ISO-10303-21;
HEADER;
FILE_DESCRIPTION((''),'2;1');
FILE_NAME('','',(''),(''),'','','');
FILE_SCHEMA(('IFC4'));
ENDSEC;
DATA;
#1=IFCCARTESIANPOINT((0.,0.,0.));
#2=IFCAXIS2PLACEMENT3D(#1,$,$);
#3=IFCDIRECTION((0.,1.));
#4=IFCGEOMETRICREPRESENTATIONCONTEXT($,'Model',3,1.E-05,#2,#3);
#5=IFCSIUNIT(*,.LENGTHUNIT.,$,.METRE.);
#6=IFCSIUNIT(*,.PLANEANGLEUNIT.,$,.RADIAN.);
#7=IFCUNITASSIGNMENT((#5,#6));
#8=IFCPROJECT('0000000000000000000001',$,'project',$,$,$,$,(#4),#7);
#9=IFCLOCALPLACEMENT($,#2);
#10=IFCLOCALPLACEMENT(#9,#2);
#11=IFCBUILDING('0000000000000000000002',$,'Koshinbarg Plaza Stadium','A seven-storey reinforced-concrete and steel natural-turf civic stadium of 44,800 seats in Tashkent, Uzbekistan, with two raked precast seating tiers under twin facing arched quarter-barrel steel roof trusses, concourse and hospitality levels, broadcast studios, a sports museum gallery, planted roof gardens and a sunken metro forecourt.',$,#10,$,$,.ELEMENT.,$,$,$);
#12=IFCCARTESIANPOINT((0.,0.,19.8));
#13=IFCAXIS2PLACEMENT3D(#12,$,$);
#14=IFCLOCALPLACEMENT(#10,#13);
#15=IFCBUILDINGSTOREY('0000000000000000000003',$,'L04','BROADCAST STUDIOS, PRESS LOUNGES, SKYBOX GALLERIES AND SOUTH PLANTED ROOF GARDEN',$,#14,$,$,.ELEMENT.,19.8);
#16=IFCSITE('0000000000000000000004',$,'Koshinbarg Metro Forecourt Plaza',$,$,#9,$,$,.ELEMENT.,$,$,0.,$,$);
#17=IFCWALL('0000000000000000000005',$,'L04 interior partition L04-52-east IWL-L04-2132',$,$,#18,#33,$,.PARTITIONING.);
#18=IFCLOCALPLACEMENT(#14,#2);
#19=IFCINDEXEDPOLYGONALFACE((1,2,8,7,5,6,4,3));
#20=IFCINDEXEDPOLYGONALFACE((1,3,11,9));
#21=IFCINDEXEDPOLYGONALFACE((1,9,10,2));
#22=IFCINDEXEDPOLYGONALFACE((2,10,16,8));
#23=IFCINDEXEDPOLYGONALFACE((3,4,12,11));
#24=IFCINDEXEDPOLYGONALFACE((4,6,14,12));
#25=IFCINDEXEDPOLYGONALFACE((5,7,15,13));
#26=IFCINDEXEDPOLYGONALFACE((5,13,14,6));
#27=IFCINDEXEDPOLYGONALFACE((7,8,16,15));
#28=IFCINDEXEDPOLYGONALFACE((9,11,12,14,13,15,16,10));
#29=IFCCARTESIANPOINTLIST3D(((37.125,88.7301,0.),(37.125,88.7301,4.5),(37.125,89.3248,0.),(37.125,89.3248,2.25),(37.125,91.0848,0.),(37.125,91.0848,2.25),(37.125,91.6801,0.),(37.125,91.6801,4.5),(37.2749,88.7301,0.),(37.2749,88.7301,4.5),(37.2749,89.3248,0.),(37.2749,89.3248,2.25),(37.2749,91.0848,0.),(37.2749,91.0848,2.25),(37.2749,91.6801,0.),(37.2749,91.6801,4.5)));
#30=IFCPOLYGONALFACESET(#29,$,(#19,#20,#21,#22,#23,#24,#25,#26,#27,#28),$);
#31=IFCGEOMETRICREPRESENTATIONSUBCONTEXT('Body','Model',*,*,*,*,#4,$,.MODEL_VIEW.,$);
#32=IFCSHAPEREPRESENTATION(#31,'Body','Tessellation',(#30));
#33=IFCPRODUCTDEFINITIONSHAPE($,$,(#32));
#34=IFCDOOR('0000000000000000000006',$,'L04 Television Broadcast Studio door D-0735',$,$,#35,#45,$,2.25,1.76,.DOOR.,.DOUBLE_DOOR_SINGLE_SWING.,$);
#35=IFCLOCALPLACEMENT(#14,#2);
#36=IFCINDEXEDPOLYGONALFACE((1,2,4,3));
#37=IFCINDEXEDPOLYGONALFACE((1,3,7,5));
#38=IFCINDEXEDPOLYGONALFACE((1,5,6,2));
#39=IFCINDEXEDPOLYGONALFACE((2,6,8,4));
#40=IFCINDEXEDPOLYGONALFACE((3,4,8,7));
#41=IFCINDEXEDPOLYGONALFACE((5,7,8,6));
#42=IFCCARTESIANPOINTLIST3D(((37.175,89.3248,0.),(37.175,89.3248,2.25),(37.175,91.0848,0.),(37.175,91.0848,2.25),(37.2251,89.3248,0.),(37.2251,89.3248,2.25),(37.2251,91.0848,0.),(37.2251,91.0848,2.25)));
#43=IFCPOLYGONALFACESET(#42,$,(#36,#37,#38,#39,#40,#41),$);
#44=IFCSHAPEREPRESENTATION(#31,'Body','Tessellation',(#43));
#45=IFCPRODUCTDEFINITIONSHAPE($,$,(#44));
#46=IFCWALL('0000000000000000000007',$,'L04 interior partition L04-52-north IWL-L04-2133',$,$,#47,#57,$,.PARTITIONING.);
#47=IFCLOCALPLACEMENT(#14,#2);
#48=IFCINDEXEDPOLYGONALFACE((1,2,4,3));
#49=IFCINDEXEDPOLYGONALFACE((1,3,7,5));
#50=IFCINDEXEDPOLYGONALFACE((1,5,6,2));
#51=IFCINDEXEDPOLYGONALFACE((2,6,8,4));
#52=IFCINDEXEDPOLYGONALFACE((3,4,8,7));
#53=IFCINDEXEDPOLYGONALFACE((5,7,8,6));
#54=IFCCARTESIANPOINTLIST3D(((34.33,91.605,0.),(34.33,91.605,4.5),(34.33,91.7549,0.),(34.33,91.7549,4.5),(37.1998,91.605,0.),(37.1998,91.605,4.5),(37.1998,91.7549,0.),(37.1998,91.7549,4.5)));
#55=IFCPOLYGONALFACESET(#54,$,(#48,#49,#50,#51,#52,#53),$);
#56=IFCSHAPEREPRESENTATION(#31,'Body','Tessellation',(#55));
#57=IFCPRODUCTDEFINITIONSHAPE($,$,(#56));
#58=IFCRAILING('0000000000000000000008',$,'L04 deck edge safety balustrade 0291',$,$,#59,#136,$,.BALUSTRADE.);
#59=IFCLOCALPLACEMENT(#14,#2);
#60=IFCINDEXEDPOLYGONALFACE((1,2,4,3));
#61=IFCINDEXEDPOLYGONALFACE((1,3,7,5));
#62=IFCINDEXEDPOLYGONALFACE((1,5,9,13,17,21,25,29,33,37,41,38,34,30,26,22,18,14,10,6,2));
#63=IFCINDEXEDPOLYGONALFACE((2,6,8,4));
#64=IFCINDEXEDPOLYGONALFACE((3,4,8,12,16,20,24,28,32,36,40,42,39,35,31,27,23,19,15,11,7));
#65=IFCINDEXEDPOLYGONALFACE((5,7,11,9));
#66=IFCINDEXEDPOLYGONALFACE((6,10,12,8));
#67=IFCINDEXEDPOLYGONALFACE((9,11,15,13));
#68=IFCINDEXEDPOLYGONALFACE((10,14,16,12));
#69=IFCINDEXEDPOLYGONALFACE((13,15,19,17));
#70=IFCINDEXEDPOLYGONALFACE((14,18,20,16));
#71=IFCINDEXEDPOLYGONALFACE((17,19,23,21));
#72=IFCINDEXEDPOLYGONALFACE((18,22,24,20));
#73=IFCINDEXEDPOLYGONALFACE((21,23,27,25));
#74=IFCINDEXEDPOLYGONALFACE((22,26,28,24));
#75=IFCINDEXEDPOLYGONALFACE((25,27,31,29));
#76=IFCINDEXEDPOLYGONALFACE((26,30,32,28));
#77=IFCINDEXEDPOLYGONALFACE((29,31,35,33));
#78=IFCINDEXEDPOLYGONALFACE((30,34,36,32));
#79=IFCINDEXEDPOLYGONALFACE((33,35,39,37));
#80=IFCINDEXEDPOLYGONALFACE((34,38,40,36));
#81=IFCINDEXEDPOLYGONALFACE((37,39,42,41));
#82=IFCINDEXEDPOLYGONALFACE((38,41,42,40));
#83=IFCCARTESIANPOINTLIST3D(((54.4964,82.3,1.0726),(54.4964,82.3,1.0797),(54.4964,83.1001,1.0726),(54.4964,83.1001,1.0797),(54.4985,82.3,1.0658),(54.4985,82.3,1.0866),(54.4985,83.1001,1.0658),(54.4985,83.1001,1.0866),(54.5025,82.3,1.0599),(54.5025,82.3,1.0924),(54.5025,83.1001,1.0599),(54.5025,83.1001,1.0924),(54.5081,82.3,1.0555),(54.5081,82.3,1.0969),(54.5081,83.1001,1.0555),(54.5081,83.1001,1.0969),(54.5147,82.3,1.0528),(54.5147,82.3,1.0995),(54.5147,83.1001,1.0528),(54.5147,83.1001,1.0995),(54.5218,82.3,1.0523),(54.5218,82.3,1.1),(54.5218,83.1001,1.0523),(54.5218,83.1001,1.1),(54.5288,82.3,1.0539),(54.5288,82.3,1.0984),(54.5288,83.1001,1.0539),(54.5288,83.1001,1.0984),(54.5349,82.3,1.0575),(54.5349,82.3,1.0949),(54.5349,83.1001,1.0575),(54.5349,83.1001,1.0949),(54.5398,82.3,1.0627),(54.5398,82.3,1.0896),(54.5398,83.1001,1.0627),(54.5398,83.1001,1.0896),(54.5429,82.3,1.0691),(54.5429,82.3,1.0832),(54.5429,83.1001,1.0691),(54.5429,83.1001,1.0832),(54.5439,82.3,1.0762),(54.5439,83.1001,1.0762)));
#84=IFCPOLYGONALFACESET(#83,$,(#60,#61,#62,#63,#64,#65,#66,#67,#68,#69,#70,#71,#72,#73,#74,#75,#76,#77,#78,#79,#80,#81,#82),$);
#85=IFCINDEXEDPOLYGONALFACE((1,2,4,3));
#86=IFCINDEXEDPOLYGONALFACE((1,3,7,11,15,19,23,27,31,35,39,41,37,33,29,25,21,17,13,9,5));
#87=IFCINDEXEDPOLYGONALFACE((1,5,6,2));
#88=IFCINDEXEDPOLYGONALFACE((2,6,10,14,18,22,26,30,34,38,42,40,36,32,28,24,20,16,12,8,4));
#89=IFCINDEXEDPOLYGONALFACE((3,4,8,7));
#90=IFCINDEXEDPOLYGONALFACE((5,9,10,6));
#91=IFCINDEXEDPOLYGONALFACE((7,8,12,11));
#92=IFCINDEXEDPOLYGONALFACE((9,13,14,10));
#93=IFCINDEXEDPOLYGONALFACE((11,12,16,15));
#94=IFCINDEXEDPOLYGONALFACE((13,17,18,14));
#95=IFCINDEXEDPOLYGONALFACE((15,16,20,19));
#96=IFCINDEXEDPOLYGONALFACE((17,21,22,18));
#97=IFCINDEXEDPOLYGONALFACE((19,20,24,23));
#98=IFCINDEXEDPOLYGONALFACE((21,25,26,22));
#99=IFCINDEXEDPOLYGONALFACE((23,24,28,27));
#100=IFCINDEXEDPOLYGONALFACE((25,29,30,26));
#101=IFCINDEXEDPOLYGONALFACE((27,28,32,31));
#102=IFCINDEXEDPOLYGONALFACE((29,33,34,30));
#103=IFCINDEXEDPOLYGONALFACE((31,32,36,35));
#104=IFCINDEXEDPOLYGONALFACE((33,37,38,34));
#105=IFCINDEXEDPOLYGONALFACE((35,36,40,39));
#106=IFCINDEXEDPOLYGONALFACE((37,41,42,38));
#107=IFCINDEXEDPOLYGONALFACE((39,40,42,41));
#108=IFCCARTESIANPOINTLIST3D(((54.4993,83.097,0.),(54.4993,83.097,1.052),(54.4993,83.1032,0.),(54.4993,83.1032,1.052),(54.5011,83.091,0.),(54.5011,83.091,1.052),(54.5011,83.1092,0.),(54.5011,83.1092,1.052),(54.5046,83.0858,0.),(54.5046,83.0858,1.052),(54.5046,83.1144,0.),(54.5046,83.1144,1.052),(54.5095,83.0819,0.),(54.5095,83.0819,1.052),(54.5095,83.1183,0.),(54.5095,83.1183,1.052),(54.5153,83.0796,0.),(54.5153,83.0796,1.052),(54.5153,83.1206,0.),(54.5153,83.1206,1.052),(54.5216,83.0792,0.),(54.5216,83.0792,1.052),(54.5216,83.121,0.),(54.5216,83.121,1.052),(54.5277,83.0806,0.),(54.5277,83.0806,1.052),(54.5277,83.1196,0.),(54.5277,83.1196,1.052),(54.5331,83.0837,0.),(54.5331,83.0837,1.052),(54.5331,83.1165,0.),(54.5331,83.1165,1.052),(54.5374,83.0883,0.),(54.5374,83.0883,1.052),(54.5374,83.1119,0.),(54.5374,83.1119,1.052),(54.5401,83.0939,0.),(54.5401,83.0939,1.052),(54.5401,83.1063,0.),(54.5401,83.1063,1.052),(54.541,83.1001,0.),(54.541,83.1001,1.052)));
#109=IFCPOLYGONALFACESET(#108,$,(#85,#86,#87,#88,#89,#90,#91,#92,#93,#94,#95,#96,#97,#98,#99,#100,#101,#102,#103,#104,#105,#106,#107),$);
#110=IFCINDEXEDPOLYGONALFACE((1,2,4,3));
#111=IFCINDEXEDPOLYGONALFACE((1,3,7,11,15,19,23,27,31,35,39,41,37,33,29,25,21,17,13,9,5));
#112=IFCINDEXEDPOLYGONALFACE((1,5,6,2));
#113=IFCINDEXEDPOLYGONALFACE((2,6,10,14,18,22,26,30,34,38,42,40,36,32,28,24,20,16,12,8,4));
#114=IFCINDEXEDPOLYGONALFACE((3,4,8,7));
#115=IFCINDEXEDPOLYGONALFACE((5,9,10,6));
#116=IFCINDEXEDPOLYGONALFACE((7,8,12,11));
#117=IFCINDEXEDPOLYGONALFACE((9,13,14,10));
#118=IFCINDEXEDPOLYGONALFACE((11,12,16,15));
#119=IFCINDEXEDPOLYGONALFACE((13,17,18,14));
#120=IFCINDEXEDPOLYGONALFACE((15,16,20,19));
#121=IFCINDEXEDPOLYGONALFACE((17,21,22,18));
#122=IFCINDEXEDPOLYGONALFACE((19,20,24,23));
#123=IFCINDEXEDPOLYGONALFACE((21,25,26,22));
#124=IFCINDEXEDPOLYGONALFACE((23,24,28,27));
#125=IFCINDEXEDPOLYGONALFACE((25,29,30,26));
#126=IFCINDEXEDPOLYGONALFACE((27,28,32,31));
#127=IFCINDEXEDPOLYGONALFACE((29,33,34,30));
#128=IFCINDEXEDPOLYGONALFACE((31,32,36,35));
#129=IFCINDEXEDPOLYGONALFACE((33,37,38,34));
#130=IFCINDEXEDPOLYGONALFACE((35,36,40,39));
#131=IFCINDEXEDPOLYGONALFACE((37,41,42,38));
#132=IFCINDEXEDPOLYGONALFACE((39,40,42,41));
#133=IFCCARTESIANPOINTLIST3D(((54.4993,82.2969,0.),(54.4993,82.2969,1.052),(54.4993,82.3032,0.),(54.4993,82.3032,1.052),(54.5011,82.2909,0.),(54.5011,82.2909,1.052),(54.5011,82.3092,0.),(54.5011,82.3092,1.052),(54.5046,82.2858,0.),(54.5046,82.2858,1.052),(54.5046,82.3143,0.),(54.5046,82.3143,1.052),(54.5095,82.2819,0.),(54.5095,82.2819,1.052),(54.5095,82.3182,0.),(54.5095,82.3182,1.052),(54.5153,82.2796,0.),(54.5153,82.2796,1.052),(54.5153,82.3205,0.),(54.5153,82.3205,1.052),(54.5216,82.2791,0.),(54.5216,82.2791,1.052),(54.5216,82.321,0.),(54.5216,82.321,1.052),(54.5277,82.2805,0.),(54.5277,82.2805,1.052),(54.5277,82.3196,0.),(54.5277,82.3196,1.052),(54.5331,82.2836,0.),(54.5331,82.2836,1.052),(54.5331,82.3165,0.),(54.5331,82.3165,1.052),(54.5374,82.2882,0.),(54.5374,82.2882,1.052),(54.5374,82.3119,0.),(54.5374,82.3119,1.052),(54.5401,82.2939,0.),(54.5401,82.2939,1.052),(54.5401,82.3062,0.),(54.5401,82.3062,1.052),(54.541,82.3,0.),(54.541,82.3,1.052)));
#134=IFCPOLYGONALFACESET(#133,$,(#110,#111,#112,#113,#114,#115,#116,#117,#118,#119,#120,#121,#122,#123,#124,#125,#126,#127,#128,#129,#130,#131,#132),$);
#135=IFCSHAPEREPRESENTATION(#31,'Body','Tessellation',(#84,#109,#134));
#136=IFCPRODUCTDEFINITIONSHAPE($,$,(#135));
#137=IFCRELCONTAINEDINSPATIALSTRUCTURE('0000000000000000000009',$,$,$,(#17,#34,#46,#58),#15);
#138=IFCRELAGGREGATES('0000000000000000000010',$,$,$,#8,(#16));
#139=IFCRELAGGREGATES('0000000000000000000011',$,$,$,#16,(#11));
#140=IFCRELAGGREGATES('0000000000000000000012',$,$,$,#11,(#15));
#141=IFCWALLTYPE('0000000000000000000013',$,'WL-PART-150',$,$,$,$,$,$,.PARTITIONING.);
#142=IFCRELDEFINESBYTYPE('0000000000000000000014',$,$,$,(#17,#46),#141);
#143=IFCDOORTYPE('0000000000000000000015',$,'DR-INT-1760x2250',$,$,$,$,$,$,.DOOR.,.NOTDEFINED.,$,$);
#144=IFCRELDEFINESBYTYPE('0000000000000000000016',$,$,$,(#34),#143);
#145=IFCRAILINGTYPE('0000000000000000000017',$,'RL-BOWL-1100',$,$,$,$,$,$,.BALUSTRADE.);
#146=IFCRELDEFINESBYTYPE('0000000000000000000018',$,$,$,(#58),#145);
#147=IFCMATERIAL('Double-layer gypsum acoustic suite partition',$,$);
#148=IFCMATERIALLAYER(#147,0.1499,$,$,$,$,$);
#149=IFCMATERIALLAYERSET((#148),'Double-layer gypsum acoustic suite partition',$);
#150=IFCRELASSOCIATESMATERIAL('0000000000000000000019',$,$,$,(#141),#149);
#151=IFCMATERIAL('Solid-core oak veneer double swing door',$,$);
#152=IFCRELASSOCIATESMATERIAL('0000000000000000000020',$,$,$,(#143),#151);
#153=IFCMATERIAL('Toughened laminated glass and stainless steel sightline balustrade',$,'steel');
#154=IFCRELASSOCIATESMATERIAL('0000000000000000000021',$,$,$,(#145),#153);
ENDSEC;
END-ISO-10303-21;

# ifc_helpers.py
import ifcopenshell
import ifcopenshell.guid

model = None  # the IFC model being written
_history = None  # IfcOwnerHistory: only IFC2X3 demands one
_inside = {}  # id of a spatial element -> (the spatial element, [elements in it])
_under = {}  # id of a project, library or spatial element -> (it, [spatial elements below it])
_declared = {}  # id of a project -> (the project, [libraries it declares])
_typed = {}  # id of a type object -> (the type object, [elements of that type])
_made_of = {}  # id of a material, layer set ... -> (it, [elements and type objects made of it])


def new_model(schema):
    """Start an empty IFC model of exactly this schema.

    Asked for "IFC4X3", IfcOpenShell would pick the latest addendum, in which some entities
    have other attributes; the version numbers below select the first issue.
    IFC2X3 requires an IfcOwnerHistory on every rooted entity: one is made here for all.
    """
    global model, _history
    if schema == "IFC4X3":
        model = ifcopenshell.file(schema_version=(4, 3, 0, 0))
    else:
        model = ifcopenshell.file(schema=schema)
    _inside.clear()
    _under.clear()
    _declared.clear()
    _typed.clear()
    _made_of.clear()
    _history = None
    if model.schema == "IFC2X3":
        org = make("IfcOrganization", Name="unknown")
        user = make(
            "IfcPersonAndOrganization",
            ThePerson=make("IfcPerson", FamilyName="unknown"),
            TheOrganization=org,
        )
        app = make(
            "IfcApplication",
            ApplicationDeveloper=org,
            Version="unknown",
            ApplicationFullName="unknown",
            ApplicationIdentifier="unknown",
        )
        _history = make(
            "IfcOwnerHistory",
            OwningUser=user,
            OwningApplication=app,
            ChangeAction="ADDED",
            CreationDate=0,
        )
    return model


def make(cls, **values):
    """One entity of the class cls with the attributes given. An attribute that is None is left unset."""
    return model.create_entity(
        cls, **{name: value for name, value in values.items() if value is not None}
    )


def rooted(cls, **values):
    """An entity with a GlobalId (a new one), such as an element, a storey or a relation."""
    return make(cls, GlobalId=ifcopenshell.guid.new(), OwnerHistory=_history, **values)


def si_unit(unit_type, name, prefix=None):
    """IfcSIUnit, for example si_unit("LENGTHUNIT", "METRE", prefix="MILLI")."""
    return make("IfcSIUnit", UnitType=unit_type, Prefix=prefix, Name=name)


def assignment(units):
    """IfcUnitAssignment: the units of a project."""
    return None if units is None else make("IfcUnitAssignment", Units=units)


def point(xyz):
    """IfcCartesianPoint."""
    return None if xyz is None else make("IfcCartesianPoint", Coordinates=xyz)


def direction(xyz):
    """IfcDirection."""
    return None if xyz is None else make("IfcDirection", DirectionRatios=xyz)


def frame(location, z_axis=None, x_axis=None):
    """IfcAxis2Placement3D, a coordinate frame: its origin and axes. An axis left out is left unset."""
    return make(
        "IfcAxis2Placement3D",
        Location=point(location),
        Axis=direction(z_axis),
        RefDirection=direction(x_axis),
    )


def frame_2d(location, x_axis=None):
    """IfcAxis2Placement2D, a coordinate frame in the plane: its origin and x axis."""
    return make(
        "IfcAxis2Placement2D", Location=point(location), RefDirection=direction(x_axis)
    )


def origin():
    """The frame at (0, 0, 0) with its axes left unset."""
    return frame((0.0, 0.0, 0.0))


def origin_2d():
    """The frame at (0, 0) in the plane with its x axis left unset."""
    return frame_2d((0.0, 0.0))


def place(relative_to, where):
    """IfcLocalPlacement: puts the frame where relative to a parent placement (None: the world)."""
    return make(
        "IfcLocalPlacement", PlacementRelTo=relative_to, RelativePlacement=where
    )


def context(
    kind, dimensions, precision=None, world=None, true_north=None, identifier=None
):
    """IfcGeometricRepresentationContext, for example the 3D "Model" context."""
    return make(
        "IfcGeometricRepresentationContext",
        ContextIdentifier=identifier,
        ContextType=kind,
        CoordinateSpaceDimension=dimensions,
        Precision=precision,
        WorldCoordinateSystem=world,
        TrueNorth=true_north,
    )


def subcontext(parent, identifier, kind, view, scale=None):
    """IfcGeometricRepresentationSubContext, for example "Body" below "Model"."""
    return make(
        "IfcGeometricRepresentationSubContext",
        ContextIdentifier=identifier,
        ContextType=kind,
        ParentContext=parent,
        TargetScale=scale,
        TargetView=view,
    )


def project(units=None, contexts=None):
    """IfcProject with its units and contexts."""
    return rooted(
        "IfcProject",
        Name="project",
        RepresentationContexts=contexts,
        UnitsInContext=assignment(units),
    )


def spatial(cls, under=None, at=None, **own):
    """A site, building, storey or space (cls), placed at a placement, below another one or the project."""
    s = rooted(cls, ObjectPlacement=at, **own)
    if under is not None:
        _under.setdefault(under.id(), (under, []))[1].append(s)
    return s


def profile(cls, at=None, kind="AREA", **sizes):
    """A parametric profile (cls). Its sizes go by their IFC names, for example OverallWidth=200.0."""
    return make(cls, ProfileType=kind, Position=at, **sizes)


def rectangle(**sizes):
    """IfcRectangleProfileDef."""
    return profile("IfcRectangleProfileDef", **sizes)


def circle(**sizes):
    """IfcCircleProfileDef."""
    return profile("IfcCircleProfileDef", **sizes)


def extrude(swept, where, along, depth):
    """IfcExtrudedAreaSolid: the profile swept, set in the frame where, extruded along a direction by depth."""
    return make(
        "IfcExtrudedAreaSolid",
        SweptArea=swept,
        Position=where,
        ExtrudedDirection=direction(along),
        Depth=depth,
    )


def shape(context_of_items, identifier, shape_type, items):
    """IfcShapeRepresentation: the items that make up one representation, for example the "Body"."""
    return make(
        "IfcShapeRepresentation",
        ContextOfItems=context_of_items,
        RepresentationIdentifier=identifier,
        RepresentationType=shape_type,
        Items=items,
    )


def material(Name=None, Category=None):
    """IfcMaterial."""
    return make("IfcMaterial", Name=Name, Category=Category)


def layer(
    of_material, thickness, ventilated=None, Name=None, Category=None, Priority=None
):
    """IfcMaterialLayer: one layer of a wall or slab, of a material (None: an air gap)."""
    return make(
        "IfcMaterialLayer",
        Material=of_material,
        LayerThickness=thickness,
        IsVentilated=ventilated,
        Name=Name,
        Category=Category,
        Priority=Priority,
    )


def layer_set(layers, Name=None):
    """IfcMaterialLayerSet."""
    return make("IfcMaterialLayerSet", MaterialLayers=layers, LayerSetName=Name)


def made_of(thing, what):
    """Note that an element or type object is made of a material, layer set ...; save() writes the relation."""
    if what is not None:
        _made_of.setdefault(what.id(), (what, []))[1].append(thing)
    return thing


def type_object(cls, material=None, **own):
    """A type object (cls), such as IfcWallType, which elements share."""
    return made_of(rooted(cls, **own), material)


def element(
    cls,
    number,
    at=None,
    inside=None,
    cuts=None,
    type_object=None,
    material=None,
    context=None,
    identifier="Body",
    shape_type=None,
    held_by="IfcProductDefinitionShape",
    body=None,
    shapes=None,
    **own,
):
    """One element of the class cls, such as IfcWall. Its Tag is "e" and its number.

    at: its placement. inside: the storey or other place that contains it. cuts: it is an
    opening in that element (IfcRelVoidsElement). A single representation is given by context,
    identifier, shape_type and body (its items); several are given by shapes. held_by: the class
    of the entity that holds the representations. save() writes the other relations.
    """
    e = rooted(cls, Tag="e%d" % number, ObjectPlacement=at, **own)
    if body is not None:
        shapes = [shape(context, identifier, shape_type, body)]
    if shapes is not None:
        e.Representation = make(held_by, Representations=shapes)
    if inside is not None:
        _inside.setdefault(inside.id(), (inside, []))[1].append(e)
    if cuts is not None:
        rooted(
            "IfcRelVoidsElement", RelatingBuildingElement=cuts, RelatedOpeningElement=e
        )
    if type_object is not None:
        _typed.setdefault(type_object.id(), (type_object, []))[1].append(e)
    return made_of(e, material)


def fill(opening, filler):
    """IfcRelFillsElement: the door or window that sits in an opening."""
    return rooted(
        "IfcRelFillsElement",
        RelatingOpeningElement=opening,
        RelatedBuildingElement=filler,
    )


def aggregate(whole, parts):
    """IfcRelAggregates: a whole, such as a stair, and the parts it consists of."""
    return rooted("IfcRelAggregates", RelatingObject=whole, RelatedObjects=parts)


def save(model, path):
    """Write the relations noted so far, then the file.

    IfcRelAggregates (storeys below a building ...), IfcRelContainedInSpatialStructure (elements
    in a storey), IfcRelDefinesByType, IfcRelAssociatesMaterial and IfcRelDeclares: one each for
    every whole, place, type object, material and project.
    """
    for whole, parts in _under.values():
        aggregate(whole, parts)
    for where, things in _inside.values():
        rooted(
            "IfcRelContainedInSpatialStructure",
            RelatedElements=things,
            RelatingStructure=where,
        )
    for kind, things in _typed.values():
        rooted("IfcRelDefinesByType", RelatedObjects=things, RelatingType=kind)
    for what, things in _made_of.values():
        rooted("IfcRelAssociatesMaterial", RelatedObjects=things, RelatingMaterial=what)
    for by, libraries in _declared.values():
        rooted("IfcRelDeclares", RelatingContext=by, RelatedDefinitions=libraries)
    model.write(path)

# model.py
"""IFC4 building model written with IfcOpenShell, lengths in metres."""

from ifc_helpers import new_model, si_unit, direction, frame, frame_2d, origin, origin_2d, place, context, subcontext, project, spatial, rectangle, circle, extrude, material, layer, layer_set, type_object, element, fill, save


model = new_model("IFC4")

# Units and contexts
model_context = context("Model", 3, precision=1e-05, world=origin(), true_north=direction((0.0, 1.0)))
body_context = subcontext(model_context, "Body", "Model", "MODEL_VIEW")
ifc_project = project(units=[si_unit("LENGTHUNIT", "METRE"), si_unit("PLANEANGLEUNIT", "RADIAN")], contexts=[model_context])

# Site, building, storey
site_placement = place(None, origin())
site = spatial("IfcSite", under=ifc_project, at=site_placement, Name="Koshinbarg Metro Forecourt Plaza", CompositionType="ELEMENT", RefElevation=0.0)
building_placement = place(site_placement, origin())
building = spatial("IfcBuilding", under=site, at=building_placement, Name="Koshinbarg Plaza Stadium", Description="A seven-storey reinforced-concrete and steel natural-turf civic stadium of 44,800 seats in Tashkent, Uzbekistan, with two raked precast seating tiers under twin facing arched quarter-barrel steel roof trusses, concourse and hospitality levels, broadcast studios, a sports museum gallery, planted roof gardens and a sunken metro forecourt.", CompositionType="ELEMENT")
storey_placement = place(building_placement, frame((0.0, 0.0, 19.8)))
storey = spatial("IfcBuildingStorey", under=building, at=storey_placement, Name="L04", Description="BROADCAST STUDIOS, PRESS LOUNGES, SKYBOX GALLERIES AND SOUTH PLANTED ROOF GARDEN", CompositionType="ELEMENT", Elevation=19.8)

# Shared definitions
ifc_material_1 = material(Name="Double-layer gypsum acoustic suite partition")
ifc_layer_1 = layer(ifc_material_1, 0.1499)
ifc_layer_set_1 = layer_set([ifc_layer_1], Name="Double-layer gypsum acoustic suite partition")
wall_type_1 = type_object("IfcWallType", Name="WL-PART-150", PredefinedType="PARTITIONING", material=ifc_layer_set_1)

# Wall, opening, door
wall_1_placement = place(storey_placement, frame((37.2, 88.73, 0.0), z_axis=(0.0, 0.0, 1.0), x_axis=(0.0, 1.0, 0.0)))
wall_1 = element("IfcWall", 1, at=wall_1_placement, inside=storey, type_object=wall_type_1, Name="L04 interior partition L04-52-east IWL-L04-2132", PredefinedType="PARTITIONING", context=body_context, shape_type="SweptSolid", body=[
    extrude(rectangle(XDim=2.95, YDim=0.1499, at=frame_2d((1.4751, 0.0))), origin(), (0.0, 0.0, 1.0), 4.5),
])
opening_1_placement = place(wall_1_placement, frame((0.595, 0.0, 0.0)))
opening_1 = element("IfcOpeningElement", 2, at=opening_1_placement, cuts=wall_1, PredefinedType="OPENING", context=body_context, shape_type="SweptSolid", body=[
    extrude(rectangle(XDim=1.76, YDim=2.25, at=frame_2d((0.8799, 1.125))), frame((0.0, 0.085, 0.0), z_axis=(0.0, -1.0, 0.0), x_axis=(1.0, 0.0, 0.0)), (0.0, 0.0, 1.0), 0.1699),
])
ifc_material_2 = material(Name="Solid-core oak veneer double swing door")
door_type_1 = type_object("IfcDoorType", Name="DR-INT-1760x2250", OperationType="NOTDEFINED", PredefinedType="DOOR", material=ifc_material_2)
door_1_placement = place(opening_1_placement, origin())
door_1 = element("IfcDoor", 3, at=door_1_placement, inside=storey, type_object=door_type_1, Name="L04 Television Broadcast Studio door D-0735", OperationType="DOUBLE_DOOR_SINGLE_SWING", OverallHeight=2.25, OverallWidth=1.76, PredefinedType="DOOR", context=body_context, shape_type="SweptSolid", body=[
    extrude(rectangle(XDim=1.76, YDim=2.25, at=frame_2d((0.8799, 1.125))), frame((0.0, 0.0249, 0.0), z_axis=(0.0, -1.0, 0.0), x_axis=(1.0, 0.0, 0.0)), (0.0, 0.0, 1.0), 0.05),
])
fill(opening_1, door_1)

# Wall
wall_2_placement = place(storey_placement, frame((37.2, 91.6799, 0.0), z_axis=(0.0, 0.0, 1.0), x_axis=(-1.0, 0.0, 0.0)))
element("IfcWall", 4, at=wall_2_placement, inside=storey, type_object=wall_type_1, Name="L04 interior partition L04-52-north IWL-L04-2133", PredefinedType="PARTITIONING", context=body_context, shape_type="SweptSolid", body=[
    extrude(rectangle(XDim=2.8699, YDim=0.1499, at=frame_2d((1.4351, 0.0))), origin(), (0.0, 0.0, 1.0), 4.5),
])

# Railing
ifc_material_3 = material(Name="Toughened laminated glass and stainless steel sightline balustrade", Category="steel")
railing_type = type_object("IfcRailingType", Name="RL-BOWL-1100", PredefinedType="BALUSTRADE", material=ifc_material_3)
railing_1_placement = place(storey_placement, frame((54.52, 83.1001, 0.0)))
element("IfcRailing", 5, at=railing_1_placement, inside=storey, type_object=railing_type, Name="L04 deck edge safety balustrade 0291", PredefinedType="BALUSTRADE", context=body_context, shape_type="SweptSolid", body=[
    extrude(circle(Radius=0.0239, at=origin_2d()), frame((0.0, 0.0, 1.0762), z_axis=(0.0, -1.0, 0.0), x_axis=(1.0, 0.0, 0.0)), (0.0, 0.0, 1.0), 0.8),
    extrude(circle(Radius=0.021, at=origin_2d()), origin(), (0.0, 0.0, 1.0), 1.052),
    extrude(circle(Radius=0.021, at=origin_2d()), frame((0.0, -0.8, 0.0)), (0.0, 0.0, 1.0), 1.052),
])

save(model, "model.ifc")
